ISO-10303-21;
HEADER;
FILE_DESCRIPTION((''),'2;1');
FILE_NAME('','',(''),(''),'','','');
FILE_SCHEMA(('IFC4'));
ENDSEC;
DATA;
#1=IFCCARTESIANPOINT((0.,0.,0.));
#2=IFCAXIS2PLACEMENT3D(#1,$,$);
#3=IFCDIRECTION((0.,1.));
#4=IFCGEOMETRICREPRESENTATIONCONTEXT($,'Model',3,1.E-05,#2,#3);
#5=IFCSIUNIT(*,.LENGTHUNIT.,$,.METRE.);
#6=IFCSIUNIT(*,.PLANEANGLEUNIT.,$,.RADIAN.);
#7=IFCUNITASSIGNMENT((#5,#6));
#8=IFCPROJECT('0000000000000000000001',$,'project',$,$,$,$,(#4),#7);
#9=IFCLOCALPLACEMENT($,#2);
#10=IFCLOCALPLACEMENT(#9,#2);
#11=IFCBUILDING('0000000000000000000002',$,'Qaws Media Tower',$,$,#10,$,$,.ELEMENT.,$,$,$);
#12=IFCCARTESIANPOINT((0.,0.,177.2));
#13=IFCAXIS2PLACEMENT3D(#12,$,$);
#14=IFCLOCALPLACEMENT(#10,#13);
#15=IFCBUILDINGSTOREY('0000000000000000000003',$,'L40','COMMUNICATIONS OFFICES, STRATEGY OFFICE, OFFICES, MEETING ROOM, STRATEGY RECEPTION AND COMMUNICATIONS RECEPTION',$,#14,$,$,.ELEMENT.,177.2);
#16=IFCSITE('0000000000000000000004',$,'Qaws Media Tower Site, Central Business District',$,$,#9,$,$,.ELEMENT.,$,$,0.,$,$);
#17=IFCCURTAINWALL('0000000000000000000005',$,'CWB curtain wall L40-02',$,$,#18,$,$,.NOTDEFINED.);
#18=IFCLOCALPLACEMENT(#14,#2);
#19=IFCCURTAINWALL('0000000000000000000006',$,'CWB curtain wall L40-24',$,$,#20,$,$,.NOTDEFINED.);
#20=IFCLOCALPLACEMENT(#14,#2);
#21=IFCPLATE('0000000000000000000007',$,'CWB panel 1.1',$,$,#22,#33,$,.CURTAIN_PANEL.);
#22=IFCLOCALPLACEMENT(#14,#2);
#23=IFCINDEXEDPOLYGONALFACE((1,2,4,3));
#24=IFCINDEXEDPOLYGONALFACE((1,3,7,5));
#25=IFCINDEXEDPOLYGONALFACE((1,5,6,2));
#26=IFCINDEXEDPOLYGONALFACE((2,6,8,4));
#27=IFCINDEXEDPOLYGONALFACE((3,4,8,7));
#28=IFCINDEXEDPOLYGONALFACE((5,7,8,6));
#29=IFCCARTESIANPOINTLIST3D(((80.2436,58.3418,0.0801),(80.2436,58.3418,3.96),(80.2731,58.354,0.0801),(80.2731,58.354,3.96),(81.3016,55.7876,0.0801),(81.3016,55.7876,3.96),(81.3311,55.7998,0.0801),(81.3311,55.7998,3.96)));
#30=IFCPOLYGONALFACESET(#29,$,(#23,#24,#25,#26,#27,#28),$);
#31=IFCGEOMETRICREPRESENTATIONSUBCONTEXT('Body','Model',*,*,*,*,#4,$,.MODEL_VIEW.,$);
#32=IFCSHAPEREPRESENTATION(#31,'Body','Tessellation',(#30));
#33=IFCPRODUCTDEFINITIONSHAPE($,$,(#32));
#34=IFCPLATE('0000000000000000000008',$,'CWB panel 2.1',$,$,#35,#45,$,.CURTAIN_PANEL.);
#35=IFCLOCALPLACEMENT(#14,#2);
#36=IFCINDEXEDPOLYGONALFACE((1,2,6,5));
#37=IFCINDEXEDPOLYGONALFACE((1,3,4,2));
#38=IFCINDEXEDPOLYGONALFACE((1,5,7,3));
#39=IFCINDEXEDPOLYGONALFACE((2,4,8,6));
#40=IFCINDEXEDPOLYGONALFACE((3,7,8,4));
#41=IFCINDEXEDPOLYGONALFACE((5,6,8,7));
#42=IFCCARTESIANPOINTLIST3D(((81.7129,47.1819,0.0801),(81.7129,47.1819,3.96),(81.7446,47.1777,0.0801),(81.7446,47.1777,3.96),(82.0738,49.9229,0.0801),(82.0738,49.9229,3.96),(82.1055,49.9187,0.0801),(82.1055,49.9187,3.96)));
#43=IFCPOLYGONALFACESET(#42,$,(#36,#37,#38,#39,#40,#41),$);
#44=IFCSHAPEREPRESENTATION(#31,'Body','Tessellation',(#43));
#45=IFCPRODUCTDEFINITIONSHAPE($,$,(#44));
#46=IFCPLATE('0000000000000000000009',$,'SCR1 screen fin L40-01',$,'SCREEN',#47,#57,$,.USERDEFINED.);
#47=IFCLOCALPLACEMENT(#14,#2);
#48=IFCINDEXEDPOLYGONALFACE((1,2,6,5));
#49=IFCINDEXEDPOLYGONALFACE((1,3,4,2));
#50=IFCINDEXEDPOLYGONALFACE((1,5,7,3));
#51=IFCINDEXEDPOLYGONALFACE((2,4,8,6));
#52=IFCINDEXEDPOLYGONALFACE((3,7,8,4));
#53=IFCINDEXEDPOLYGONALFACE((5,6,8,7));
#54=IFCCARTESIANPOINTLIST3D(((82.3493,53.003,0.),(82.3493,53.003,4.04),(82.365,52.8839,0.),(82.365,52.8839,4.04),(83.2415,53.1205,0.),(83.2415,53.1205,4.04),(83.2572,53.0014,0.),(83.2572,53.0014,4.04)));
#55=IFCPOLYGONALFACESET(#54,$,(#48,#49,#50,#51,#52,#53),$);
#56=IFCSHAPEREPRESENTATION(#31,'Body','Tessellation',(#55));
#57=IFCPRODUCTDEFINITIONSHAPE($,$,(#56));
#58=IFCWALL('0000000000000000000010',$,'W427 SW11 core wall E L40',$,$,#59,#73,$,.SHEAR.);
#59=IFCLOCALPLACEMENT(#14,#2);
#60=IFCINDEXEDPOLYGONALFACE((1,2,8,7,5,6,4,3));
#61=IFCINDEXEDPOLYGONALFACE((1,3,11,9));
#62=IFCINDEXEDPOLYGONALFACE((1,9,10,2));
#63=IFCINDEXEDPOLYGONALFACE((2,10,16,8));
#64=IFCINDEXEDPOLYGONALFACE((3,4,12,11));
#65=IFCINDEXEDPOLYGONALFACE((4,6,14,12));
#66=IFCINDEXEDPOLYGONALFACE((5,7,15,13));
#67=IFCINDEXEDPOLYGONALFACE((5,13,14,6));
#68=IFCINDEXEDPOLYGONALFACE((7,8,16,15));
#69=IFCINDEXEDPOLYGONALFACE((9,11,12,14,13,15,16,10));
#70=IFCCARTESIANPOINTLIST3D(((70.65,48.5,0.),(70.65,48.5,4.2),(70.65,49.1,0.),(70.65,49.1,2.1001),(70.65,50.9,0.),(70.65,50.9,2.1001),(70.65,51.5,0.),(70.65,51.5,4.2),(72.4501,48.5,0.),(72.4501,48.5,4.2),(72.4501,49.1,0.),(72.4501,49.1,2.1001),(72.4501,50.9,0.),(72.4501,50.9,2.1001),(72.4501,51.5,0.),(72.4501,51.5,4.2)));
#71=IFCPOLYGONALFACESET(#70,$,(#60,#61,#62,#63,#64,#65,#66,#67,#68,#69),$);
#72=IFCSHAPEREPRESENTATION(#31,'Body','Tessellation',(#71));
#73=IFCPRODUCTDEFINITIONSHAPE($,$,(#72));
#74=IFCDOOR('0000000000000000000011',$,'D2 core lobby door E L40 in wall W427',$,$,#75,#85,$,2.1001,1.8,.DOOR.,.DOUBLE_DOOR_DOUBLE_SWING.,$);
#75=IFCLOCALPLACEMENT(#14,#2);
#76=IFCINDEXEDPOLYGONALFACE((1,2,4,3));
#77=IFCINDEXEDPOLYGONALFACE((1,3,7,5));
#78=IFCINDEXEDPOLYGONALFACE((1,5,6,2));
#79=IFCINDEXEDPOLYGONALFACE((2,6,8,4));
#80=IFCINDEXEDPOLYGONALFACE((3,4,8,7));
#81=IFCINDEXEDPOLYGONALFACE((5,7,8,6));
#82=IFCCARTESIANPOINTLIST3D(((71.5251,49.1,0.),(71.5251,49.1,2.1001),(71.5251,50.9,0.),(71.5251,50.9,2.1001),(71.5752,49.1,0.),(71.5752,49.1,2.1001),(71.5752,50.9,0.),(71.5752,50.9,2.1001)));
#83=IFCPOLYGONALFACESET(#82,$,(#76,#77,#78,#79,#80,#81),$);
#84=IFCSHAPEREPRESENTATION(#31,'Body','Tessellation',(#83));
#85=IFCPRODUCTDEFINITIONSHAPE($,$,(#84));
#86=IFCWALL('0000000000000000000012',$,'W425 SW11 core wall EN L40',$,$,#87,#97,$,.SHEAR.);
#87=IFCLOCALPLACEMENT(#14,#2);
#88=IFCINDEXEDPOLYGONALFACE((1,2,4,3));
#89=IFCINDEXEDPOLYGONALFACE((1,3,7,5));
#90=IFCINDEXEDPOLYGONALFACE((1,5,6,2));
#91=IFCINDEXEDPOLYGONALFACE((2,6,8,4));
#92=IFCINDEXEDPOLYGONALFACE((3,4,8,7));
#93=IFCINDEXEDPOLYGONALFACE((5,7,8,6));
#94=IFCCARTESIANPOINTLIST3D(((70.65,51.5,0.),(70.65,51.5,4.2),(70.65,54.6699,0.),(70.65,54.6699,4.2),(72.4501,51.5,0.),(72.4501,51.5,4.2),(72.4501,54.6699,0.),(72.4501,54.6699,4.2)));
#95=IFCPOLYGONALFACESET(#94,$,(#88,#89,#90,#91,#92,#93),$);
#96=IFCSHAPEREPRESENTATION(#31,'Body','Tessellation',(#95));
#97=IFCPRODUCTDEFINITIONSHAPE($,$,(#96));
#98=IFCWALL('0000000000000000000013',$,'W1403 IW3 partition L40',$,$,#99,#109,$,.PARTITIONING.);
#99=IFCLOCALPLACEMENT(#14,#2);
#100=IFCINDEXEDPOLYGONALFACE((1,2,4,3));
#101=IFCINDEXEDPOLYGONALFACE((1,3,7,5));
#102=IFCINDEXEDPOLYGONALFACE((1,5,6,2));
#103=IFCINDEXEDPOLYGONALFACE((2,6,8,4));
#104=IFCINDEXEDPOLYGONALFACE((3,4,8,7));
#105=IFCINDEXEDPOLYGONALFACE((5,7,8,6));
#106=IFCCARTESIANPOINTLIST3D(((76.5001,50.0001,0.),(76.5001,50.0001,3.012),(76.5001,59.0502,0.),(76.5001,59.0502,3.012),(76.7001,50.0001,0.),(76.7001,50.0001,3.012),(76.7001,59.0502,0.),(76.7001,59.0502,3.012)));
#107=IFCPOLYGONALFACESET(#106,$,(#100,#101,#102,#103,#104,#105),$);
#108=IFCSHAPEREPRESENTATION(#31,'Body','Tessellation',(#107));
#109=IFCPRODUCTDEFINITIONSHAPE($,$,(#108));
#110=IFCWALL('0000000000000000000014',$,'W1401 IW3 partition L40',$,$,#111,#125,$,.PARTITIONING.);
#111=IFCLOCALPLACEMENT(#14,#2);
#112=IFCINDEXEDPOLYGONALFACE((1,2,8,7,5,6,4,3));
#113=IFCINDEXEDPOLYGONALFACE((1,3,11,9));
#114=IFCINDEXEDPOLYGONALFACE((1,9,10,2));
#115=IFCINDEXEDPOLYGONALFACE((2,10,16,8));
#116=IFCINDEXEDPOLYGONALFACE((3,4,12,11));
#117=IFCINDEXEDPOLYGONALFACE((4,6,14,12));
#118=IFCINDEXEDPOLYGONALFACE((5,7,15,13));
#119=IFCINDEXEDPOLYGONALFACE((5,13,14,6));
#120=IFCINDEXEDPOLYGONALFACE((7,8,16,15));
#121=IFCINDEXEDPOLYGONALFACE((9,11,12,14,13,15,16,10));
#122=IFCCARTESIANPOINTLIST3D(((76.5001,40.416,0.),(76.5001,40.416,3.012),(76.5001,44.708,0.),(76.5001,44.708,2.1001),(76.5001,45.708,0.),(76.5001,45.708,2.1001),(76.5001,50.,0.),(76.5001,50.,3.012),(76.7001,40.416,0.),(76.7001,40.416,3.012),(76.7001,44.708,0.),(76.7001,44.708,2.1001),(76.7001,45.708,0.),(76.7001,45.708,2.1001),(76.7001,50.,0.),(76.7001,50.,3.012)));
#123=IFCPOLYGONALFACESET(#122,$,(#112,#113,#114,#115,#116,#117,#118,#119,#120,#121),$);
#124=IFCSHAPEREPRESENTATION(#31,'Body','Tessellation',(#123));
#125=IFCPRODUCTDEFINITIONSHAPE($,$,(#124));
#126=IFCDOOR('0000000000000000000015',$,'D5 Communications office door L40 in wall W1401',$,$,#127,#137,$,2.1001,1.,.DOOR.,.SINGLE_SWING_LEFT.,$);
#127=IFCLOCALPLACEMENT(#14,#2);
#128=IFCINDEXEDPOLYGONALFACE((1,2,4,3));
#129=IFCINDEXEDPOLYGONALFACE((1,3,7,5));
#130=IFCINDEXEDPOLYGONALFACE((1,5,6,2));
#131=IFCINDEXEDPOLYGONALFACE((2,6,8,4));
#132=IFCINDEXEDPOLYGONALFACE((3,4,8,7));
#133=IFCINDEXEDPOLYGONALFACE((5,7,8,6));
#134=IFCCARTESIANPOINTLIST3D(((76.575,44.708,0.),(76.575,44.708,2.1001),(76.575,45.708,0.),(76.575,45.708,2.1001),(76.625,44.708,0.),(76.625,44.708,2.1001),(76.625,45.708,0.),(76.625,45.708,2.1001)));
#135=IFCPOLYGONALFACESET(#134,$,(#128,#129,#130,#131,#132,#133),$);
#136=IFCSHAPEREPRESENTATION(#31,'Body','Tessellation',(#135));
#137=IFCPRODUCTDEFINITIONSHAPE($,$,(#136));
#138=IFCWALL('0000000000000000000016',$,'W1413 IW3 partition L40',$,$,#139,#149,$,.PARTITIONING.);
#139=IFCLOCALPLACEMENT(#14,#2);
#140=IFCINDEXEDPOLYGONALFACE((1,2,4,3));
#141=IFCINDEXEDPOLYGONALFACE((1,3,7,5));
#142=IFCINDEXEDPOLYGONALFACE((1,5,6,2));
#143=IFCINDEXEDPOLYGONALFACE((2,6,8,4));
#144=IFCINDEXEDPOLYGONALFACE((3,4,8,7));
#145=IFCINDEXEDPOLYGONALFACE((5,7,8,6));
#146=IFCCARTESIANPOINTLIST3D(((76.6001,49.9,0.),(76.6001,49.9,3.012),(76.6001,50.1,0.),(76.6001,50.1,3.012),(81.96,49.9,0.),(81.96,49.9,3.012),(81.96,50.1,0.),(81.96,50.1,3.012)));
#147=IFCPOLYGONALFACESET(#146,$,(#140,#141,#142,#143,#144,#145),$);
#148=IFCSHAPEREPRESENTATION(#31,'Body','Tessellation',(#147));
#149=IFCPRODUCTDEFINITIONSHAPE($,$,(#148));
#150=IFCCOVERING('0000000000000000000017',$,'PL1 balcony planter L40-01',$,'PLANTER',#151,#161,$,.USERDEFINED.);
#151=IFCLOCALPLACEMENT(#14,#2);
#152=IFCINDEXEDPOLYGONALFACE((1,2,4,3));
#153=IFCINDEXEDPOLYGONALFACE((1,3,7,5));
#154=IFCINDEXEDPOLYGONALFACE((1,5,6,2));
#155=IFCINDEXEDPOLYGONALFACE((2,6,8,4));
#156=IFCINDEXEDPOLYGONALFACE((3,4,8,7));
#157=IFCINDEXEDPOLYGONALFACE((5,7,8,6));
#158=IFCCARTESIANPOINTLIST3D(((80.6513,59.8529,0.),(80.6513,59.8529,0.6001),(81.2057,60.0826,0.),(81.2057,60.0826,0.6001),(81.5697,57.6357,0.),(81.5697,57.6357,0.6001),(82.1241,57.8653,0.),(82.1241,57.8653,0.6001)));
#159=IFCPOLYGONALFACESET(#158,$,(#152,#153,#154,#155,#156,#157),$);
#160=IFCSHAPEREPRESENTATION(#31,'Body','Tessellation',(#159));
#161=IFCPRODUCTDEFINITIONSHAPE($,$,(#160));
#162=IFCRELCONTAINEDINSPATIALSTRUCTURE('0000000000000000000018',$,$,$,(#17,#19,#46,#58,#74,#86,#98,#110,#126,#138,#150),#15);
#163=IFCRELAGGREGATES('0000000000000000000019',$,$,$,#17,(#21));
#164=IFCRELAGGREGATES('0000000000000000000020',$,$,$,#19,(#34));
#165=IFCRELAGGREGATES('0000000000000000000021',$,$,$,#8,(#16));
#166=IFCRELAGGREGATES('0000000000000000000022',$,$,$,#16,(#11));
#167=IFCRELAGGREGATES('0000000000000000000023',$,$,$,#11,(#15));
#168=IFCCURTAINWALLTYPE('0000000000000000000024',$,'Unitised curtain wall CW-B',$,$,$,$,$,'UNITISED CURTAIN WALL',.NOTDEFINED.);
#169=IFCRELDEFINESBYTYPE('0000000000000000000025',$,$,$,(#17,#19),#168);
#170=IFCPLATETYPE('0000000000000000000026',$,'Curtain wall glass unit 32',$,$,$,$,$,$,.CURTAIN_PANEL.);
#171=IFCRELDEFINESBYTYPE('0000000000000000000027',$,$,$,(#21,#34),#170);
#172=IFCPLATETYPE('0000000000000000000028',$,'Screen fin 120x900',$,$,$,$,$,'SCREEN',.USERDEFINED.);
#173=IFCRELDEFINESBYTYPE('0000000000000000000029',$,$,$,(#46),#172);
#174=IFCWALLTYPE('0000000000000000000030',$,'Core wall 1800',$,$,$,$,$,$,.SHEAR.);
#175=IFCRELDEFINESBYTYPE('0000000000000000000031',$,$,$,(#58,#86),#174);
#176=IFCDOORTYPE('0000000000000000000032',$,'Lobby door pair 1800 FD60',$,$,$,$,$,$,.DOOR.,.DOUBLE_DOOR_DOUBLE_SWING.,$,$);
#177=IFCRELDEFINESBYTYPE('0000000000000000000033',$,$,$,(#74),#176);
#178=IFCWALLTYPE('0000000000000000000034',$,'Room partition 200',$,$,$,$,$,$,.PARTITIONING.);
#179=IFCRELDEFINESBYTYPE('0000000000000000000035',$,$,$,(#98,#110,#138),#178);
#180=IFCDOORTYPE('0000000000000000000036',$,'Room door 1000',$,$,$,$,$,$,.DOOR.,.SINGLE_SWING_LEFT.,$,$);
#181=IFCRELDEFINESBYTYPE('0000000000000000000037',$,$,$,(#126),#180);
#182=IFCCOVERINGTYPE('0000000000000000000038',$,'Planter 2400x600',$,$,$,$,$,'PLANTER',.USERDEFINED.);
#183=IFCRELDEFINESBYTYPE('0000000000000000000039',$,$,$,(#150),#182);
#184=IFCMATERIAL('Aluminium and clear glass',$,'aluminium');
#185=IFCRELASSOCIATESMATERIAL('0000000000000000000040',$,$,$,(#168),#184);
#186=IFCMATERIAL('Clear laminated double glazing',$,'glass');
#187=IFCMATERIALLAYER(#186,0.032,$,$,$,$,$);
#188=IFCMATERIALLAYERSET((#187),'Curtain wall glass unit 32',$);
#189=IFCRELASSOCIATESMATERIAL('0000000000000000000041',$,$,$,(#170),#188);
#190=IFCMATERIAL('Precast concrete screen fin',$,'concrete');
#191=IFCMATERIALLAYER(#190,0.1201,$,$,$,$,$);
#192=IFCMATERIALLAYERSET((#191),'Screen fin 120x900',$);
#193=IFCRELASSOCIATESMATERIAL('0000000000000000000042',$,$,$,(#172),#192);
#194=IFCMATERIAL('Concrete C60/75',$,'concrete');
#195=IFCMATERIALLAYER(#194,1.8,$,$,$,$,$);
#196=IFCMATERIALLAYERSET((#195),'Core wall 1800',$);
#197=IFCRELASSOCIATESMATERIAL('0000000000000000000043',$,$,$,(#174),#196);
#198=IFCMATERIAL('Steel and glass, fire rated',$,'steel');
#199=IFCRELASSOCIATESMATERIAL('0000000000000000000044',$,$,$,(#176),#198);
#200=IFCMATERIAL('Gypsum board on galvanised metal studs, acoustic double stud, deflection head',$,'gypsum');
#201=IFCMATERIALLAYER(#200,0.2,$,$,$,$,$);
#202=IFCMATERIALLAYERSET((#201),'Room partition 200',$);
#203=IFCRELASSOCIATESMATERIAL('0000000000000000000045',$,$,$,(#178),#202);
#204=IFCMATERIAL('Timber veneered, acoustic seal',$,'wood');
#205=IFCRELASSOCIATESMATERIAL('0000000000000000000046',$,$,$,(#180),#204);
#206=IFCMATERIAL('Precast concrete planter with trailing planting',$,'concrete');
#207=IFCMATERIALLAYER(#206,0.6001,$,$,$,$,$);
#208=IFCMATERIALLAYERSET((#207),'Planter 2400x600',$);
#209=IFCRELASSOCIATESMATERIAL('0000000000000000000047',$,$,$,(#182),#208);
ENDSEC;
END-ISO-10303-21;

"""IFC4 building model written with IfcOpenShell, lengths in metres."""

from ifc_helpers import new_model, si_unit, direction, frame, frame_2d, origin, origin_2d, place, context, subcontext, project, spatial, rectangle, extrude, material, layer, layer_set, type_object, element, fill, aggregate, save


model = new_model("IFC4")

# Units and contexts
model_context = context("Model", 3, precision=1e-05, world=origin(), true_north=direction((0.0, 1.0)))
body_context = subcontext(model_context, "Body", "Model", "MODEL_VIEW")
ifc_project = project(units=[si_unit("LENGTHUNIT", "METRE"), si_unit("PLANEANGLEUNIT", "RADIAN")], contexts=[model_context])

# Site, building, storey
site_placement = place(None, origin())
site = spatial("IfcSite", under=ifc_project, at=site_placement, Name="Qaws Media Tower Site, Central Business District", CompositionType="ELEMENT", RefElevation=0.0)
building_placement = place(site_placement, origin())
building = spatial("IfcBuilding", under=site, at=building_placement, Name="Qaws Media Tower", CompositionType="ELEMENT")
storey_placement = place(building_placement, frame((0.0, 0.0, 177.2)))
storey = spatial("IfcBuildingStorey", under=building, at=storey_placement, Name="L40", Description="COMMUNICATIONS OFFICES, STRATEGY OFFICE, OFFICES, MEETING ROOM, STRATEGY RECEPTION AND COMMUNICATIONS RECEPTION", CompositionType="ELEMENT", Elevation=177.2)

# Curtain wall
ifc_material_1 = material(Name="Aluminium and clear glass", Category="aluminium")
curtain_wall_type = type_object("IfcCurtainWallType", Name="Unitised curtain wall CW-B", ElementType="UNITISED CURTAIN WALL", PredefinedType="NOTDEFINED", material=ifc_material_1)
curtain_wall_1_placement = place(storey_placement, origin())
curtain_wall_1 = element("IfcCurtainWall", 1, at=curtain_wall_1_placement, inside=storey, type_object=curtain_wall_type, Name="CWB curtain wall L40-02", PredefinedType="NOTDEFINED")

# Curtain wall
curtain_wall_2_placement = place(storey_placement, origin())
curtain_wall_2 = element("IfcCurtainWall", 2, at=curtain_wall_2_placement, inside=storey, type_object=curtain_wall_type, Name="CWB curtain wall L40-24", PredefinedType="NOTDEFINED")

# Plates
ifc_material_2 = material(Name="Clear laminated double glazing", Category="glass")
ifc_layer_1 = layer(ifc_material_2, 0.032)
ifc_layer_set_1 = layer_set([ifc_layer_1], Name="Curtain wall glass unit 32")
plate_type_1 = type_object("IfcPlateType", Name="Curtain wall glass unit 32", PredefinedType="CURTAIN_PANEL", material=ifc_layer_set_1)
plate_1_placement = place(storey_placement, frame((80.7874, 57.0708, 0.0801), z_axis=(0.0, 0.0, 1.0), x_axis=(-0.382684, 0.923879, 0.0)))
plate_1 = element("IfcPlate", 3, at=plate_1_placement, type_object=plate_type_1, Name="CWB panel 1.1", PredefinedType="CURTAIN_PANEL", context=body_context, shape_type="SweptSolid", body=[
    extrude(rectangle(XDim=2.7646, YDim=0.032, at=origin_2d()), origin(), (0.0, 0.0, 1.0), 3.8799),
])
aggregate(curtain_wall_1, [plate_1])
plate_2_placement = place(storey_placement, frame((81.9092, 48.5503, 0.0801), z_axis=(0.0, 0.0, 1.0), x_axis=(0.130526, 0.991445, 0.0)))
plate_2 = element("IfcPlate", 4, at=plate_2_placement, type_object=plate_type_1, Name="CWB panel 2.1", PredefinedType="CURTAIN_PANEL", context=body_context, shape_type="SweptSolid", body=[
    extrude(rectangle(XDim=2.7646, YDim=0.032, at=origin_2d()), origin(), (0.0, 0.0, 1.0), 3.8799),
])
aggregate(curtain_wall_2, [plate_2])
ifc_material_3 = material(Name="Precast concrete screen fin", Category="concrete")
ifc_layer_2 = layer(ifc_material_3, 0.1201)
ifc_layer_set_2 = layer_set([ifc_layer_2], Name="Screen fin 120x900")
plate_type_2 = type_object("IfcPlateType", Name="Screen fin 120x900", ElementType="SCREEN", PredefinedType="USERDEFINED", material=ifc_layer_set_2)
plate_3_placement = place(storey_placement, frame((82.8032, 53.0022, 0.0), z_axis=(0.0, 0.0, 1.0), x_axis=(0.991445, 0.130526, 0.0)))
element("IfcPlate", 5, at=plate_3_placement, inside=storey, type_object=plate_type_2, Name="SCR1 screen fin L40-01", ObjectType="SCREEN", PredefinedType="USERDEFINED", context=body_context, shape_type="SweptSolid", body=[
    extrude(rectangle(XDim=0.8999, YDim=0.1201, at=origin_2d()), origin(), (0.0, 0.0, 1.0), 4.04),
])

# Wall, opening, door
ifc_material_4 = material(Name="Concrete C60/75", Category="concrete")
ifc_layer_3 = layer(ifc_material_4, 1.8)
ifc_layer_set_3 = layer_set([ifc_layer_3], Name="Core wall 1800")
wall_type_1 = type_object("IfcWallType", Name="Core wall 1800", PredefinedType="SHEAR", material=ifc_layer_set_3)
wall_1_placement = place(storey_placement, frame((71.55, 48.5, 0.0), z_axis=(0.0, 0.0, 1.0), x_axis=(0.0, 1.0, 0.0)))
wall_1 = element("IfcWall", 6, at=wall_1_placement, inside=storey, type_object=wall_type_1, Name="W427 SW11 core wall E L40", PredefinedType="SHEAR", context=body_context, shape_type="SweptSolid", body=[
    extrude(rectangle(XDim=3.0, YDim=1.8, at=frame_2d((1.5, 0.0))), origin(), (0.0, 0.0, 1.0), 4.2),
])
opening_1_placement = place(wall_1_placement, frame((0.6001, 0.0, 0.0)))
opening_1 = element("IfcOpeningElement", 7, at=opening_1_placement, cuts=wall_1, PredefinedType="OPENING", context=body_context, shape_type="SweptSolid", body=[
    extrude(rectangle(XDim=1.8, YDim=2.1001, at=frame_2d((0.8999, 1.05))), frame((0.0, 0.9099, 0.0), z_axis=(0.0, -1.0, 0.0), x_axis=(1.0, 0.0, 0.0)), (0.0, 0.0, 1.0), 1.8201),
])
ifc_material_5 = material(Name="Steel and glass, fire rated", Category="steel")
door_type_1 = type_object("IfcDoorType", Name="Lobby door pair 1800 FD60", OperationType="DOUBLE_DOOR_DOUBLE_SWING", PredefinedType="DOOR", material=ifc_material_5)
door_1_placement = place(opening_1_placement, origin())
door_1 = element("IfcDoor", 8, at=door_1_placement, inside=storey, type_object=door_type_1, Name="D2 core lobby door E L40 in wall W427", OperationType="DOUBLE_DOOR_DOUBLE_SWING", OverallHeight=2.1001, OverallWidth=1.8, PredefinedType="DOOR", context=body_context, shape_type="SweptSolid", body=[
    extrude(rectangle(XDim=1.8, YDim=2.1001, at=frame_2d((0.8999, 1.05))), frame((0.0, 0.0249, 0.0), z_axis=(0.0, -1.0, 0.0), x_axis=(1.0, 0.0, 0.0)), (0.0, 0.0, 1.0), 0.05),
])
fill(opening_1, door_1)

# Walls
wall_2_placement = place(storey_placement, frame((71.55, 51.5, 0.0), z_axis=(0.0, 0.0, 1.0), x_axis=(0.0, 1.0, 0.0)))
element("IfcWall", 9, at=wall_2_placement, inside=storey, type_object=wall_type_1, Name="W425 SW11 core wall EN L40", PredefinedType="SHEAR", context=body_context, shape_type="SweptSolid", body=[
    extrude(rectangle(XDim=3.1699, YDim=1.8, at=frame_2d((1.585, 0.0))), origin(), (0.0, 0.0, 1.0), 4.2),
])
ifc_material_6 = material(Name="Gypsum board on galvanised metal studs, acoustic double stud, deflection head", Category="gypsum")
ifc_layer_4 = layer(ifc_material_6, 0.2)
ifc_layer_set_4 = layer_set([ifc_layer_4], Name="Room partition 200")
wall_type_2 = type_object("IfcWallType", Name="Room partition 200", PredefinedType="PARTITIONING", material=ifc_layer_set_4)
wall_3_placement = place(storey_placement, frame((76.6001, 59.05, 0.0), z_axis=(0.0, 0.0, 1.0), x_axis=(0.0, -1.0, 0.0)))
element("IfcWall", 10, at=wall_3_placement, inside=storey, type_object=wall_type_2, Name="W1403 IW3 partition L40", PredefinedType="PARTITIONING", context=body_context, shape_type="SweptSolid", body=[
    extrude(rectangle(XDim=9.05, YDim=0.2, at=frame_2d((4.5249, 0.0))), origin(), (0.0, 0.0, 1.0), 3.012),
])

# Wall, opening, door
wall_4_placement = place(storey_placement, frame((76.6001, 50.0, 0.0), z_axis=(0.0, 0.0, 1.0), x_axis=(0.0, -1.0, 0.0)))
wall_4 = element("IfcWall", 11, at=wall_4_placement, inside=storey, type_object=wall_type_2, Name="W1401 IW3 partition L40", PredefinedType="PARTITIONING", context=body_context, shape_type="SweptSolid", body=[
    extrude(rectangle(XDim=9.584, YDim=0.2, at=frame_2d((4.792, 0.0))), origin(), (0.0, 0.0, 1.0), 3.012),
])
opening_2_placement = place(wall_4_placement, frame((4.292, 0.0, 0.0)))
opening_2 = element("IfcOpeningElement", 12, at=opening_2_placement, cuts=wall_4, PredefinedType="OPENING", context=body_context, shape_type="SweptSolid", body=[
    extrude(rectangle(XDim=1.0, YDim=2.1001, at=frame_2d((0.5, 1.05))), frame((0.0, 0.1099, 0.0), z_axis=(0.0, -1.0, 0.0), x_axis=(1.0, 0.0, 0.0)), (0.0, 0.0, 1.0), 0.22),
])
ifc_material_7 = material(Name="Timber veneered, acoustic seal", Category="wood")
door_type_2 = type_object("IfcDoorType", Name="Room door 1000", OperationType="SINGLE_SWING_LEFT", PredefinedType="DOOR", material=ifc_material_7)
door_2_placement = place(opening_2_placement, origin())
door_2 = element("IfcDoor", 13, at=door_2_placement, inside=storey, type_object=door_type_2, Name="D5 Communications office door L40 in wall W1401", OperationType="SINGLE_SWING_LEFT", OverallHeight=2.1001, OverallWidth=1.0, PredefinedType="DOOR", context=body_context, shape_type="SweptSolid", body=[
    extrude(rectangle(XDim=1.0, YDim=2.1001, at=frame_2d((0.5, 1.05))), frame((0.0, 0.0249, 0.0), z_axis=(0.0, -1.0, 0.0), x_axis=(1.0, 0.0, 0.0)), (0.0, 0.0, 1.0), 0.05),
])
fill(opening_2, door_2)

# Wall
wall_5_placement = place(storey_placement, frame((76.6001, 50.0, 0.0), z_axis=(0.0, 0.0, 1.0), x_axis=(1.0, 0.0, 0.0)))
element("IfcWall", 14, at=wall_5_placement, inside=storey, type_object=wall_type_2, Name="W1413 IW3 partition L40", PredefinedType="PARTITIONING", context=body_context, shape_type="SweptSolid", body=[
    extrude(rectangle(XDim=5.3599, YDim=0.2, at=frame_2d((2.6799, 0.0))), origin(), (0.0, 0.0, 1.0), 3.012),
])

# Covering
ifc_material_8 = material(Name="Precast concrete planter with trailing planting", Category="concrete")
ifc_layer_5 = layer(ifc_material_8, 0.6001)
ifc_layer_set_5 = layer_set([ifc_layer_5], Name="Planter 2400x600")
covering_type = type_object("IfcCoveringType", Name="Planter 2400x600", ElementType="PLANTER", PredefinedType="USERDEFINED", material=ifc_layer_set_5)
covering_placement = place(storey_placement, frame((81.3877, 58.8591, 0.0), z_axis=(0.0, 0.0, 1.0), x_axis=(-0.382683, 0.92388, 0.0)))
element("IfcCovering", 15, at=covering_placement, inside=storey, type_object=covering_type, Name="PL1 balcony planter L40-01", ObjectType="PLANTER", PredefinedType="USERDEFINED", context=body_context, shape_type="SweptSolid", body=[
    extrude(rectangle(XDim=2.3999, YDim=0.6001, at=origin_2d()), origin(), (0.0, 0.0, 1.0), 0.6001),
])

save(model, "model.ifc")
